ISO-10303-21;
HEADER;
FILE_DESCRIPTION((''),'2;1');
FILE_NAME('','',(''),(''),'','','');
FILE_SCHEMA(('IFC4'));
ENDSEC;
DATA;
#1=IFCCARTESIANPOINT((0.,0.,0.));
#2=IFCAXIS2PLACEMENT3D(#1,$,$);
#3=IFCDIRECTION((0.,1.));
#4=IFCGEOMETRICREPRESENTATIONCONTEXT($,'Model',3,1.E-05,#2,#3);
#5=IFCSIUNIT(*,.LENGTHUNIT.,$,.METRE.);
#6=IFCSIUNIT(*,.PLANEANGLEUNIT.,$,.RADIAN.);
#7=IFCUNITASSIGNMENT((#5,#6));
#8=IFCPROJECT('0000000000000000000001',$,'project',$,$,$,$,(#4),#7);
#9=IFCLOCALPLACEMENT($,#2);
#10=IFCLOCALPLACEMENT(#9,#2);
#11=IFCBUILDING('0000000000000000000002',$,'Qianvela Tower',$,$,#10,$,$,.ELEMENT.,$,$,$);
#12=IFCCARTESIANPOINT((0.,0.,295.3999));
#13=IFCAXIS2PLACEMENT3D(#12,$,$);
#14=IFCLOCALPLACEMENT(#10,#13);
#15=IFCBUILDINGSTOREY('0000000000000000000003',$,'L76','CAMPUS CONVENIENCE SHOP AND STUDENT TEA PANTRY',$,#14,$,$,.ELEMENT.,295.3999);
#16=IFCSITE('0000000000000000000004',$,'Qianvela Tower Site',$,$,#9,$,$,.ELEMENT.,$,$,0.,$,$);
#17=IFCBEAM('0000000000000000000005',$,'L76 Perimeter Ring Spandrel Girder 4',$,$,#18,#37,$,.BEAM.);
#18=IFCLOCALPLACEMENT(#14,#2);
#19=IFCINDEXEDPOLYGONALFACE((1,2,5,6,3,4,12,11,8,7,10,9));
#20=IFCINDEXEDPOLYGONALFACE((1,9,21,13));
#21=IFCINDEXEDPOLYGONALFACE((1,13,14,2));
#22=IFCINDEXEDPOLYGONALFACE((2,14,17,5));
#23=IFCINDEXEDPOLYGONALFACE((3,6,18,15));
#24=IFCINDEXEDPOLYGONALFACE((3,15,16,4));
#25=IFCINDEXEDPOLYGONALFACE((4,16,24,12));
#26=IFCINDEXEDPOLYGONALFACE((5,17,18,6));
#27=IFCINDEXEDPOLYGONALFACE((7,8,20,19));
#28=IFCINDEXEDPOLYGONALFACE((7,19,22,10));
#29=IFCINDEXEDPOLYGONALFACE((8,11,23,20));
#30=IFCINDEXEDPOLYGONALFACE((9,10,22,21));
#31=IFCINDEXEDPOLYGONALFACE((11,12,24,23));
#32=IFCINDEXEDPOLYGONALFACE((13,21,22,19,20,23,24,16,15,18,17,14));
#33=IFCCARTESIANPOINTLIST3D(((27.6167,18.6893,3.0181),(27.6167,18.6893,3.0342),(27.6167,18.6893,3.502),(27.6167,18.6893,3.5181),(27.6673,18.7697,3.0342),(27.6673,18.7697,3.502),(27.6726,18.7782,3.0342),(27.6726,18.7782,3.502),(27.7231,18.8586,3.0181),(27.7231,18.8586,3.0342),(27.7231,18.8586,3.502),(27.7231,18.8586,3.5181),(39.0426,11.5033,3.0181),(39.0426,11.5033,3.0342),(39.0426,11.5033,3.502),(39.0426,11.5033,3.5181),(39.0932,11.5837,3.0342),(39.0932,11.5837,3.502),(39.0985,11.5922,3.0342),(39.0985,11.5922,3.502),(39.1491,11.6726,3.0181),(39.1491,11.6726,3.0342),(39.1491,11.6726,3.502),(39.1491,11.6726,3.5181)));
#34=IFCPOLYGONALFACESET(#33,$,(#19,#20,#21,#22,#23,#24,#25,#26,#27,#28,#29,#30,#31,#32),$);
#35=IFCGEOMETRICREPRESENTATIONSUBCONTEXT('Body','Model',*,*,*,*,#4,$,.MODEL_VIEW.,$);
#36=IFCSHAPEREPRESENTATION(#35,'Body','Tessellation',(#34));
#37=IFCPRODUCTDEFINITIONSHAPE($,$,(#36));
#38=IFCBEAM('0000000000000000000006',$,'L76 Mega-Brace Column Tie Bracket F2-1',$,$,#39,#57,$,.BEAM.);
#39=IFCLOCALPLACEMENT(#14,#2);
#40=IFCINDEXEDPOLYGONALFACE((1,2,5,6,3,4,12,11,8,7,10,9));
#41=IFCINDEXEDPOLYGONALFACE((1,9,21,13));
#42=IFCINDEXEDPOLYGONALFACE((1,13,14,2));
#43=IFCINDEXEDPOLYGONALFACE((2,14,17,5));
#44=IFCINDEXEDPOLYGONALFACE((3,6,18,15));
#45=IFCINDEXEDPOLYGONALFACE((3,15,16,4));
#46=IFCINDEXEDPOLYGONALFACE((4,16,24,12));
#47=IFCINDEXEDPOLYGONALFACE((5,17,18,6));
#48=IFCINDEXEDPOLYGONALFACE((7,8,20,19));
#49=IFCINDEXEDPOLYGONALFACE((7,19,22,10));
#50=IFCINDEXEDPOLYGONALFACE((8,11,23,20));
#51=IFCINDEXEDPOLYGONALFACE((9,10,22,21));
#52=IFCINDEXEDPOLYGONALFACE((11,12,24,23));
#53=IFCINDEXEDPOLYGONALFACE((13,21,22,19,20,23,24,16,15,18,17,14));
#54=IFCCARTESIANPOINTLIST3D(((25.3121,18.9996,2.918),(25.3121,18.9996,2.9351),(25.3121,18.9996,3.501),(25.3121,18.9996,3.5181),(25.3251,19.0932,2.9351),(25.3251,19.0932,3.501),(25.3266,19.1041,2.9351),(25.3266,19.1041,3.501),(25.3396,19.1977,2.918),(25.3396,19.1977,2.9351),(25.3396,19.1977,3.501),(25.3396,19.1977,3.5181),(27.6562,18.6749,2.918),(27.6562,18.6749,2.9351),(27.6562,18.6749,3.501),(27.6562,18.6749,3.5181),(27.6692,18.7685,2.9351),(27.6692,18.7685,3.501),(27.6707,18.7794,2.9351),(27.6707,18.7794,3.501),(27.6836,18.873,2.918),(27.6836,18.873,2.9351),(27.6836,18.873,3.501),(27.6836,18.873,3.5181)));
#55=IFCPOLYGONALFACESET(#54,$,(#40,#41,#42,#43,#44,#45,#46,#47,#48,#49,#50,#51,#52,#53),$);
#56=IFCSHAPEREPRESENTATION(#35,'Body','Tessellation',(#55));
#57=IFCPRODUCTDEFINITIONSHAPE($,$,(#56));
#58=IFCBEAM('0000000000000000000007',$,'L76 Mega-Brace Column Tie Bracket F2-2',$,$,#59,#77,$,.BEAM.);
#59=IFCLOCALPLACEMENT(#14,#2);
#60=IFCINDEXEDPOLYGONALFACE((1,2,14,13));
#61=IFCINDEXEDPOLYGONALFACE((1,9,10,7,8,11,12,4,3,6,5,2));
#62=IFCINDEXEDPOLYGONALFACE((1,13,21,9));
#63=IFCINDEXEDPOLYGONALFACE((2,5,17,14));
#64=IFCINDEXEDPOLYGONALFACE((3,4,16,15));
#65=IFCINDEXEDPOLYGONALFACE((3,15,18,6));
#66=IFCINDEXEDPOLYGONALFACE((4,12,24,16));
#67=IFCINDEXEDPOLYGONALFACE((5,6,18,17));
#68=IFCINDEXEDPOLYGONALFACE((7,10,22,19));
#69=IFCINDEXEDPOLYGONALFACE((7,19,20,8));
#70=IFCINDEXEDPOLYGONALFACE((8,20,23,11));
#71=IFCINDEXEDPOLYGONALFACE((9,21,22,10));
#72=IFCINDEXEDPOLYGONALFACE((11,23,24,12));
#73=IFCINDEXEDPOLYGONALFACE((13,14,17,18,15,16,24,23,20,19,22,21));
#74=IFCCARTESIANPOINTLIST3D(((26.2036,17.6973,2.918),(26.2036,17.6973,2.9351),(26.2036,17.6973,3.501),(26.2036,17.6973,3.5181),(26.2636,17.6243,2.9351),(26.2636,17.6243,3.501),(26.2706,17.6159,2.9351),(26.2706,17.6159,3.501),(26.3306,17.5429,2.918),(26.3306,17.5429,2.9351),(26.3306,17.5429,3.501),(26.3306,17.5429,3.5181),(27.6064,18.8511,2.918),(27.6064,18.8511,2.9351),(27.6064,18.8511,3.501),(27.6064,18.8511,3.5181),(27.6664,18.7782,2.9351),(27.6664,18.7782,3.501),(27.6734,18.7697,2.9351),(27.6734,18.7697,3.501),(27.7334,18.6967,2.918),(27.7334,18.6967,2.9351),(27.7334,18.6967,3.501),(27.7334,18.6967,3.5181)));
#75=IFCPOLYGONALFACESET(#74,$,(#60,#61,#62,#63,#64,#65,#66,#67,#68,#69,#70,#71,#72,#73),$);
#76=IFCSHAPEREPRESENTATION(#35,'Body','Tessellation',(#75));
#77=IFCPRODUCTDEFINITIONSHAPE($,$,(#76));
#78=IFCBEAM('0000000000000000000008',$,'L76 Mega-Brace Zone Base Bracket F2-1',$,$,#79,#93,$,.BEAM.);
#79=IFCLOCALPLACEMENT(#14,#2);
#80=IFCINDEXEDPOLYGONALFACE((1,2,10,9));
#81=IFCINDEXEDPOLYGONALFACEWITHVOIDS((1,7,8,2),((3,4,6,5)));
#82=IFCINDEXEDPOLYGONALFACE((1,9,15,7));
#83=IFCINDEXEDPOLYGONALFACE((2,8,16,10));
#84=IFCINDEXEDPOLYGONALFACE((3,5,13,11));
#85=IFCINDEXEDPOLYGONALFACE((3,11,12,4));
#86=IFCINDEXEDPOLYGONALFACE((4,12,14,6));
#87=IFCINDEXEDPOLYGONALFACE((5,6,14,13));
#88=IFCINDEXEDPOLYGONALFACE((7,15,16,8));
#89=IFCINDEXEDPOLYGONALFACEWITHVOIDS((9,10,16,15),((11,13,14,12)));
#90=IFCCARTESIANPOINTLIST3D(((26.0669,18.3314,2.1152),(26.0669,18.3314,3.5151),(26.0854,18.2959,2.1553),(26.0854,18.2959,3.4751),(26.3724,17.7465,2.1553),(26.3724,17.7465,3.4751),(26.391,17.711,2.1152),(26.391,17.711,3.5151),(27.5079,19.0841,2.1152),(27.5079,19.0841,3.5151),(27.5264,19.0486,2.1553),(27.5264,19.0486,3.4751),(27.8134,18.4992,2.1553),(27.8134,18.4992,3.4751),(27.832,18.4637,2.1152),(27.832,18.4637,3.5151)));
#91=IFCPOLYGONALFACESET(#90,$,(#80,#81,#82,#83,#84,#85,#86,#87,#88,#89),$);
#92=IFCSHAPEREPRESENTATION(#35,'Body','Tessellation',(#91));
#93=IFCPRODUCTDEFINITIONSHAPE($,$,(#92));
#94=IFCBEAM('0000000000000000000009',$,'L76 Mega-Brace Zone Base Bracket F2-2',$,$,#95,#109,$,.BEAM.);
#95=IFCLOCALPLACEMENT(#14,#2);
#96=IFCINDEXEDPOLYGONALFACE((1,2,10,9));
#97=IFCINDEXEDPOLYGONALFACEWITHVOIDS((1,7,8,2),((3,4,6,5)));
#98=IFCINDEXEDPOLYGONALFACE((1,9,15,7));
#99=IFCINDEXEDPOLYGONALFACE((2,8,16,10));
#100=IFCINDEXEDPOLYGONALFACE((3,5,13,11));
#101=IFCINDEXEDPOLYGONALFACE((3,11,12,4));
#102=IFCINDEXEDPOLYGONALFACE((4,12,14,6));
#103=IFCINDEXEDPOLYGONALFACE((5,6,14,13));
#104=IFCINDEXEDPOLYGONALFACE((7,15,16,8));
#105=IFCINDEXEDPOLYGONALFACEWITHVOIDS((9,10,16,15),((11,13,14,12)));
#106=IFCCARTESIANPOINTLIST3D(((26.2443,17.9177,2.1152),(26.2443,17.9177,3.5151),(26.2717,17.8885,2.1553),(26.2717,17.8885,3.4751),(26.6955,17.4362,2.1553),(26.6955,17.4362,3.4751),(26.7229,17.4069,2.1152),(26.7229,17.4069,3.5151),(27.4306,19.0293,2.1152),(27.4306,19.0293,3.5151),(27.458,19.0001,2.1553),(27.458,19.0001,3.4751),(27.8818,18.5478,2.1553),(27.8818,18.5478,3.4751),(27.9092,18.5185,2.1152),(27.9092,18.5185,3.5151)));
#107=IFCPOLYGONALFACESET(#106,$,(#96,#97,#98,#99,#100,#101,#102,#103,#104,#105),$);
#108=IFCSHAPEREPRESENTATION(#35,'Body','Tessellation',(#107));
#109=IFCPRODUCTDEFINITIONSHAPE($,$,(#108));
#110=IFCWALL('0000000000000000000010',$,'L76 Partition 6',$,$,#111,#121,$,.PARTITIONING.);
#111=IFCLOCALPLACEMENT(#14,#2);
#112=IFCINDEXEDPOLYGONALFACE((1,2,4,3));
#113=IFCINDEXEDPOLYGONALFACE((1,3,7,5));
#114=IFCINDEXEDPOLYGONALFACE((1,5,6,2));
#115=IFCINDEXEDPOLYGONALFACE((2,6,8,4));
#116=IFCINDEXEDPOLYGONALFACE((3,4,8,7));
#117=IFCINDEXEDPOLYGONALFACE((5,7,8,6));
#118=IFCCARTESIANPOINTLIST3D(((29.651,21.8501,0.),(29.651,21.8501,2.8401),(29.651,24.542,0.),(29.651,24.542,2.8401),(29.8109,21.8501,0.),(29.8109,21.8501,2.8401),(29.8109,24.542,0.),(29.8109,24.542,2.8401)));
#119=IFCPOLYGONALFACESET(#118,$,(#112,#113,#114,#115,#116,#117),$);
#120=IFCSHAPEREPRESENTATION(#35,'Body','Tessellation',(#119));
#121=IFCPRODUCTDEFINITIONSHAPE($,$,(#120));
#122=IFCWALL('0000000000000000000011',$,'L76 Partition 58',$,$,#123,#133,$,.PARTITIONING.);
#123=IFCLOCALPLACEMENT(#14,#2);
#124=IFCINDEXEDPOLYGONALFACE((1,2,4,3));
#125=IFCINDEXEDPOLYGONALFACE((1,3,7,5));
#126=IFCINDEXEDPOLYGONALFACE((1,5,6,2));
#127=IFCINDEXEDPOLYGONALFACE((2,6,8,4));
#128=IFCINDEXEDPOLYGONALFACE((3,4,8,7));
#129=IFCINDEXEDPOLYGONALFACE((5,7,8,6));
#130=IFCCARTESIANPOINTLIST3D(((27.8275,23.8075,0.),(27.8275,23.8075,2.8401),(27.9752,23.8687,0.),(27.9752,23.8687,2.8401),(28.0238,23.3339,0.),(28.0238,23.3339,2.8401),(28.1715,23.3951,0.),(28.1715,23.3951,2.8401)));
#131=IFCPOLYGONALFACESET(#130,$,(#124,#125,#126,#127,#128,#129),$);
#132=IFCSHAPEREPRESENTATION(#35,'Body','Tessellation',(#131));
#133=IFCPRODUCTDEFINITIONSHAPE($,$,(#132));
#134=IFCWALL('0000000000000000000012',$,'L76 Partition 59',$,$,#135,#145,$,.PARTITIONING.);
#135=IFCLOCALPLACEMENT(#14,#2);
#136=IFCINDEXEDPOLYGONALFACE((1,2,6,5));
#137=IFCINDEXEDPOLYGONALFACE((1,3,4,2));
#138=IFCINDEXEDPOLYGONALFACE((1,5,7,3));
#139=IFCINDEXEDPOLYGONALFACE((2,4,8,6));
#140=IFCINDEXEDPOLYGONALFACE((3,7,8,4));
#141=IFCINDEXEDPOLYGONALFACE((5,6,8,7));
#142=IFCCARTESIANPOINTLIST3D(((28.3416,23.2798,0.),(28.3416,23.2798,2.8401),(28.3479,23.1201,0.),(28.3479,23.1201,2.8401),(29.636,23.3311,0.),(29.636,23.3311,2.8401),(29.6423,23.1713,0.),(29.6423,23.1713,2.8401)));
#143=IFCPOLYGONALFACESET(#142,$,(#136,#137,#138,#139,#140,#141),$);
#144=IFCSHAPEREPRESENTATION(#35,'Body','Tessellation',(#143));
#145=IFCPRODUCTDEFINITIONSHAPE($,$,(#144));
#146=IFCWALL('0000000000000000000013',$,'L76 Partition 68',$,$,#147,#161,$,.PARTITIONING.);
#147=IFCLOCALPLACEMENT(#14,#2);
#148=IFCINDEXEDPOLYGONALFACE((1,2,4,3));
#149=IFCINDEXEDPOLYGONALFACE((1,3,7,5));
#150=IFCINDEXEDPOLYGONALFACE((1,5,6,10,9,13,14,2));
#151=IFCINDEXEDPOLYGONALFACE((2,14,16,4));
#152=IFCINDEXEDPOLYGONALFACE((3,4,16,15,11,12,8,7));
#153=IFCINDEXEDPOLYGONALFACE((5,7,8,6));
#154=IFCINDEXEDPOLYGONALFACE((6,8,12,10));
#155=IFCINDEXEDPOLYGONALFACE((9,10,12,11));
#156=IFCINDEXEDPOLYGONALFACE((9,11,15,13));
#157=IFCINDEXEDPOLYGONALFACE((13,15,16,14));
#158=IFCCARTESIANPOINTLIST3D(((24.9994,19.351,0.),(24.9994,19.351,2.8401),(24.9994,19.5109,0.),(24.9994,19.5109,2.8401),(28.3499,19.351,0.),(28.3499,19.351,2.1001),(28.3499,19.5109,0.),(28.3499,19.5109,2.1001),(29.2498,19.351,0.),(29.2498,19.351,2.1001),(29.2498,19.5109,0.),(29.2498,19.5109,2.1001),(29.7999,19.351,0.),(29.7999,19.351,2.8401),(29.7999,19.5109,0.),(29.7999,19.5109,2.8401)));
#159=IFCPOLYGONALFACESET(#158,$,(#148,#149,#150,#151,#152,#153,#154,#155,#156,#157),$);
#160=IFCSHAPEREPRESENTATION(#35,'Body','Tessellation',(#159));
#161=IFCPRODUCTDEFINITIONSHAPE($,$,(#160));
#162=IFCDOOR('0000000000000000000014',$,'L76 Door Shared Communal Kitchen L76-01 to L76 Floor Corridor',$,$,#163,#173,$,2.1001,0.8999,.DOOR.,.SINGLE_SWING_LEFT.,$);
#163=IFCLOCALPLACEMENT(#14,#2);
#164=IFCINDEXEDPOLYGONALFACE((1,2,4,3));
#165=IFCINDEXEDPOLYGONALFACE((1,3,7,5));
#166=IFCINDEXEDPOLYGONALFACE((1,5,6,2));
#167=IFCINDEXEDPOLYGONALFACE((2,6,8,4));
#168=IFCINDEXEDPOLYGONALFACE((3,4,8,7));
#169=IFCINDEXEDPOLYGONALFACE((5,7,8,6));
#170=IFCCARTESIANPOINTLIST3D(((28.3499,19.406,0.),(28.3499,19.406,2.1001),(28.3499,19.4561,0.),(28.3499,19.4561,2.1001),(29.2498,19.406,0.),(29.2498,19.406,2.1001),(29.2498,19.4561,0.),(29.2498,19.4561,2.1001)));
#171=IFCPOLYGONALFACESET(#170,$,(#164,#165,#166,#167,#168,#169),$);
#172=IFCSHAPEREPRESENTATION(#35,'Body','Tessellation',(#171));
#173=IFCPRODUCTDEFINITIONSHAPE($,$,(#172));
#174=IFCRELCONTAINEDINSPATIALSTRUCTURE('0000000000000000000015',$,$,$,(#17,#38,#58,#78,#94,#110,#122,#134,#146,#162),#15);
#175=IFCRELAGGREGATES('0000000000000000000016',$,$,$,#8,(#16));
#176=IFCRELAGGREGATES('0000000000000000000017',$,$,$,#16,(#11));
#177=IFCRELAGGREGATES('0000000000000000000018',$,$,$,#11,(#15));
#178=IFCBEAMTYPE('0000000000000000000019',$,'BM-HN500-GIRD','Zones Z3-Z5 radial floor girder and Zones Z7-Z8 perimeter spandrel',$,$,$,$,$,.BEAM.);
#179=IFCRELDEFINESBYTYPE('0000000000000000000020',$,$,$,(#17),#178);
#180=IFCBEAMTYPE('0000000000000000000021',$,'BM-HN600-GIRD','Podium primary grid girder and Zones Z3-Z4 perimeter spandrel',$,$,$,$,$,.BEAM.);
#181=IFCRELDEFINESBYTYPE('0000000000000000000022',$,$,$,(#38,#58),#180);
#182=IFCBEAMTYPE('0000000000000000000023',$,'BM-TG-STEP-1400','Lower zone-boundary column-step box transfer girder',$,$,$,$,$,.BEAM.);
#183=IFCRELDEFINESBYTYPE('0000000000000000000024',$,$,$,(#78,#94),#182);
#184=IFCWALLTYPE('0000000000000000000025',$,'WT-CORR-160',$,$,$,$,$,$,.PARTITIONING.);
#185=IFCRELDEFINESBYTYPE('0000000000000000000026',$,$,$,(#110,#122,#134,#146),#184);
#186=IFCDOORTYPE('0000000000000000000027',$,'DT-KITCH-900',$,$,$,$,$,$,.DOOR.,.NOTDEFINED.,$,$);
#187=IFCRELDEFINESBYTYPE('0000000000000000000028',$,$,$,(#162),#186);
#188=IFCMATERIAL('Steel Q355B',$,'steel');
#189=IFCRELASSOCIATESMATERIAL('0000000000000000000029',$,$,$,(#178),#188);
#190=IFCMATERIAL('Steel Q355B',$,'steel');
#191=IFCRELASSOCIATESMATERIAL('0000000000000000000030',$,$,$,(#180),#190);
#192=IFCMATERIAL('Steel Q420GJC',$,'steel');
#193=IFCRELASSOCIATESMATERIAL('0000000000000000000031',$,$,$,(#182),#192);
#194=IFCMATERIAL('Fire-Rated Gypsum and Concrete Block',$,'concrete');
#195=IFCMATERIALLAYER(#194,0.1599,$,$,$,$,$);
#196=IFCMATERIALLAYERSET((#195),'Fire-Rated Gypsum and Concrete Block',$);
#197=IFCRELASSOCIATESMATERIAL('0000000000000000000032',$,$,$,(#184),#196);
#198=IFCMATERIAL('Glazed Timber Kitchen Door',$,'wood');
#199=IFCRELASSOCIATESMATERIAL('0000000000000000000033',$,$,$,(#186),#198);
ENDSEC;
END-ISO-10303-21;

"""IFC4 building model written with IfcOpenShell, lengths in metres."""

from ifc_helpers import new_model, si_unit, direction, frame, frame_2d, origin, origin_2d, place, context, subcontext, project, spatial, rectangle, hollow_rectangle, i_section, extrude, material, layer, layer_set, material_profile, profile_set, type_object, element, fill, save


model = new_model("IFC4")

# Units and contexts
model_context = context("Model", 3, precision=1e-05, world=origin(), true_north=direction((0.0, 1.0)))
body_context = subcontext(model_context, "Body", "Model", "MODEL_VIEW")
ifc_project = project(units=[si_unit("LENGTHUNIT", "METRE"), si_unit("PLANEANGLEUNIT", "RADIAN")], contexts=[model_context])

# Site, building, storey
site_placement = place(None, origin())
site = spatial("IfcSite", under=ifc_project, at=site_placement, Name="Qianvela Tower Site", CompositionType="ELEMENT", RefElevation=0.0)
building_placement = place(site_placement, origin())
building = spatial("IfcBuilding", under=site, at=building_placement, Name="Qianvela Tower", CompositionType="ELEMENT")
storey_placement = place(building_placement, frame((0.0, 0.0, 295.3999)))
storey = spatial("IfcBuildingStorey", under=building, at=storey_placement, Name="L76", Description="CAMPUS CONVENIENCE SHOP AND STUDENT TEA PANTRY", CompositionType="ELEMENT", Elevation=295.3999)

# Beams
ifc_material_1 = material(Name="Steel Q355B", Category="steel")
ifc_material_profile_1 = material_profile(ifc_material_1, i_section(OverallWidth=0.2, OverallDepth=0.5, WebThickness=0.01, FlangeThickness=0.0161, at=origin_2d()), Name="HN500x200x10x16")
ifc_profile_set_1 = profile_set([ifc_material_profile_1], Name="Steel Q355B")
beam_type_1 = type_object("IfcBeamType", Name="BM-HN500-GIRD", Description="Zones Z3-Z5 radial floor girder and Zones Z7-Z8 perimeter spandrel", PredefinedType="BEAM", material=ifc_profile_set_1)
beam_1_placement = place(storey_placement, frame((27.6699, 18.7739, 3.2681), z_axis=(0.846504, -0.532382, 0.0), x_axis=(0.532382, 0.846504, 0.0)))
element("IfcBeam", 1, at=beam_1_placement, inside=storey, type_object=beam_type_1, Name="L76 Perimeter Ring Spandrel Girder 4", PredefinedType="BEAM", context=body_context, shape_type="SweptSolid", body=[
    extrude(i_section(OverallWidth=0.2, OverallDepth=0.5, WebThickness=0.01, FlangeThickness=0.0161, at=origin_2d()), origin(), (0.0, 0.0, 1.0), 13.4978),
])
ifc_material_2 = material(Name="Steel Q355B", Category="steel")
ifc_material_profile_2 = material_profile(ifc_material_2, i_section(OverallWidth=0.2, OverallDepth=0.6001, WebThickness=0.011, FlangeThickness=0.0171, at=origin_2d()), Name="HN600x200x11x17")
ifc_profile_set_2 = profile_set([ifc_material_profile_2], Name="Steel Q355B")
beam_type_2 = type_object("IfcBeamType", Name="BM-HN600-GIRD", Description="Podium primary grid girder and Zones Z3-Z4 perimeter spandrel", PredefinedType="BEAM", material=ifc_profile_set_2)
beam_2_placement = place(storey_placement, frame((27.6699, 18.7739, 3.218), z_axis=(-0.990541, 0.137217, 0.0), x_axis=(-0.137217, -0.990541, 0.0)))
element("IfcBeam", 2, at=beam_2_placement, inside=storey, type_object=beam_type_2, Name="L76 Mega-Brace Column Tie Bracket F2-1", PredefinedType="BEAM", context=body_context, shape_type="SweptSolid", body=[
    extrude(i_section(OverallWidth=0.2, OverallDepth=0.6001, WebThickness=0.011, FlangeThickness=0.0171, at=origin_2d()), origin(), (0.0, 0.0, 1.0), 2.3665),
])
beam_3_placement = place(storey_placement, frame((27.6699, 18.7739, 3.218), z_axis=(-0.772326, -0.635227, 0.0), x_axis=(0.635227, -0.772326, 0.0)))
element("IfcBeam", 3, at=beam_3_placement, inside=storey, type_object=beam_type_2, Name="L76 Mega-Brace Column Tie Bracket F2-2", PredefinedType="BEAM", context=body_context, shape_type="SweptSolid", body=[
    extrude(i_section(OverallWidth=0.2, OverallDepth=0.6001, WebThickness=0.011, FlangeThickness=0.0171, at=origin_2d()), origin(), (0.0, 0.0, 1.0), 1.8164),
])
ifc_material_3 = material(Name="Steel Q420GJC", Category="steel")
ifc_material_profile_3 = material_profile(ifc_material_3, hollow_rectangle(XDim=0.7, YDim=1.3999, WallThickness=0.04, at=origin_2d()), Name="TG-BOX-1400x700x40")
ifc_profile_set_3 = profile_set([ifc_material_profile_3], Name="Steel Q420GJC")
beam_type_3 = type_object("IfcBeamType", Name="BM-TG-STEP-1400", Description="Lower zone-boundary column-step box transfer girder", PredefinedType="BEAM", material=ifc_profile_set_3)
for number, where, z_axis, x_axis, name in (
    (4, (27.6699, 18.7739, 2.8152), (-0.886357, -0.463002, 0.0), (0.463002, -0.886357, 0.0), "L76 Mega-Brace Zone Base Bracket F2-1"),
    (5, (27.6699, 18.7739, 2.8152), (-0.72971, -0.683756, 0.0), (0.683756, -0.72971, 0.0), "L76 Mega-Brace Zone Base Bracket F2-2"),
):
    element("IfcBeam", number, at=place(storey_placement, frame(where, z_axis=z_axis, x_axis=x_axis)), inside=storey, type_object=beam_type_3, Name=name, PredefinedType="BEAM", context=body_context, shape_type="SweptSolid", body=[
        extrude(hollow_rectangle(XDim=0.7, YDim=1.3999, WallThickness=0.04, at=origin_2d()), origin(), (0.0, 0.0, 1.0), 1.6257),
    ])

# Shared definitions
ifc_material_4 = material(Name="Fire-Rated Gypsum and Concrete Block", Category="concrete")
ifc_layer_1 = layer(ifc_material_4, 0.1599)
ifc_layer_set_1 = layer_set([ifc_layer_1], Name="Fire-Rated Gypsum and Concrete Block")
wall_type_1 = type_object("IfcWallType", Name="WT-CORR-160", PredefinedType="PARTITIONING", material=ifc_layer_set_1)

# Walls
wall_1_placement = place(storey_placement, frame((29.731, 21.8501, 0.0), z_axis=(0.0, 0.0, 1.0), x_axis=(0.0, 1.0, 0.0)))
element("IfcWall", 6, at=wall_1_placement, inside=storey, type_object=wall_type_1, Name="L76 Partition 6", PredefinedType="PARTITIONING", context=body_context, shape_type="SweptSolid", body=[
    extrude(rectangle(XDim=2.6919, YDim=0.1599, at=frame_2d((1.3459, 0.0))), origin(), (0.0, 0.0, 1.0), 2.8401),
])
wall_2_placement = place(storey_placement, frame((27.9014, 23.8381, 0.0), z_axis=(0.0, 0.0, 1.0), x_axis=(0.382856, -0.923808, 0.0)))
element("IfcWall", 7, at=wall_2_placement, inside=storey, type_object=wall_type_1, Name="L76 Partition 58", PredefinedType="PARTITIONING", context=body_context, shape_type="SweptSolid", body=[
    extrude(rectangle(XDim=0.5127, YDim=0.1599, at=frame_2d((0.2563, 0.0))), origin(), (0.0, 0.0, 1.0), 2.8401),
])
wall_3_placement = place(storey_placement, frame((28.3447, 23.2, 0.0), z_axis=(0.0, 0.0, 1.0), x_axis=(0.999217, 0.039577, 0.0)))
element("IfcWall", 8, at=wall_3_placement, inside=storey, type_object=wall_type_1, Name="L76 Partition 59", PredefinedType="PARTITIONING", context=body_context, shape_type="SweptSolid", body=[
    extrude(rectangle(XDim=1.2954, YDim=0.1599, at=frame_2d((0.6477, 0.0))), origin(), (0.0, 0.0, 1.0), 2.8401),
])

# Wall, opening, door
wall_4_placement = place(storey_placement, frame((29.8, 19.4309, 0.0), z_axis=(0.0, 0.0, 1.0), x_axis=(-1.0, 0.0, 0.0)))
wall_4 = element("IfcWall", 9, at=wall_4_placement, inside=storey, type_object=wall_type_1, Name="L76 Partition 68", PredefinedType="PARTITIONING", context=body_context, shape_type="SweptSolid", body=[
    extrude(rectangle(XDim=4.8005, YDim=0.1599, at=frame_2d((2.4004, 0.0))), origin(), (0.0, 0.0, 1.0), 2.8401),
])
opening_1_placement = place(wall_4_placement, frame((0.5503, 0.0, 0.0)))
opening_1 = element("IfcOpeningElement", 10, at=opening_1_placement, cuts=wall_4, PredefinedType="OPENING", context=body_context, shape_type="SweptSolid", body=[
    extrude(rectangle(XDim=0.8999, YDim=2.1001, at=frame_2d((0.45, 1.05))), frame((0.0, 0.0898, 0.0), z_axis=(0.0, -1.0, 0.0), x_axis=(1.0, 0.0, 0.0)), (0.0, 0.0, 1.0), 0.1799),
])
ifc_material_5 = material(Name="Glazed Timber Kitchen Door", Category="wood")
door_type_1 = type_object("IfcDoorType", Name="DT-KITCH-900", OperationType="NOTDEFINED", PredefinedType="DOOR", material=ifc_material_5)
door_1_placement = place(opening_1_placement, origin())
door_1 = element("IfcDoor", 11, at=door_1_placement, inside=storey, type_object=door_type_1, Name="L76 Door Shared Communal Kitchen L76-01 to L76 Floor Corridor", OperationType="SINGLE_SWING_LEFT", OverallHeight=2.1001, OverallWidth=0.8999, PredefinedType="DOOR", context=body_context, shape_type="SweptSolid", body=[
    extrude(rectangle(XDim=0.8999, YDim=2.1001, at=frame_2d((0.45, 1.05))), frame((0.0, 0.0249, 0.0), z_axis=(0.0, -1.0, 0.0), x_axis=(1.0, 0.0, 0.0)), (0.0, 0.0, 1.0), 0.05),
])
fill(opening_1, door_1)

save(model, "model.ifc")
